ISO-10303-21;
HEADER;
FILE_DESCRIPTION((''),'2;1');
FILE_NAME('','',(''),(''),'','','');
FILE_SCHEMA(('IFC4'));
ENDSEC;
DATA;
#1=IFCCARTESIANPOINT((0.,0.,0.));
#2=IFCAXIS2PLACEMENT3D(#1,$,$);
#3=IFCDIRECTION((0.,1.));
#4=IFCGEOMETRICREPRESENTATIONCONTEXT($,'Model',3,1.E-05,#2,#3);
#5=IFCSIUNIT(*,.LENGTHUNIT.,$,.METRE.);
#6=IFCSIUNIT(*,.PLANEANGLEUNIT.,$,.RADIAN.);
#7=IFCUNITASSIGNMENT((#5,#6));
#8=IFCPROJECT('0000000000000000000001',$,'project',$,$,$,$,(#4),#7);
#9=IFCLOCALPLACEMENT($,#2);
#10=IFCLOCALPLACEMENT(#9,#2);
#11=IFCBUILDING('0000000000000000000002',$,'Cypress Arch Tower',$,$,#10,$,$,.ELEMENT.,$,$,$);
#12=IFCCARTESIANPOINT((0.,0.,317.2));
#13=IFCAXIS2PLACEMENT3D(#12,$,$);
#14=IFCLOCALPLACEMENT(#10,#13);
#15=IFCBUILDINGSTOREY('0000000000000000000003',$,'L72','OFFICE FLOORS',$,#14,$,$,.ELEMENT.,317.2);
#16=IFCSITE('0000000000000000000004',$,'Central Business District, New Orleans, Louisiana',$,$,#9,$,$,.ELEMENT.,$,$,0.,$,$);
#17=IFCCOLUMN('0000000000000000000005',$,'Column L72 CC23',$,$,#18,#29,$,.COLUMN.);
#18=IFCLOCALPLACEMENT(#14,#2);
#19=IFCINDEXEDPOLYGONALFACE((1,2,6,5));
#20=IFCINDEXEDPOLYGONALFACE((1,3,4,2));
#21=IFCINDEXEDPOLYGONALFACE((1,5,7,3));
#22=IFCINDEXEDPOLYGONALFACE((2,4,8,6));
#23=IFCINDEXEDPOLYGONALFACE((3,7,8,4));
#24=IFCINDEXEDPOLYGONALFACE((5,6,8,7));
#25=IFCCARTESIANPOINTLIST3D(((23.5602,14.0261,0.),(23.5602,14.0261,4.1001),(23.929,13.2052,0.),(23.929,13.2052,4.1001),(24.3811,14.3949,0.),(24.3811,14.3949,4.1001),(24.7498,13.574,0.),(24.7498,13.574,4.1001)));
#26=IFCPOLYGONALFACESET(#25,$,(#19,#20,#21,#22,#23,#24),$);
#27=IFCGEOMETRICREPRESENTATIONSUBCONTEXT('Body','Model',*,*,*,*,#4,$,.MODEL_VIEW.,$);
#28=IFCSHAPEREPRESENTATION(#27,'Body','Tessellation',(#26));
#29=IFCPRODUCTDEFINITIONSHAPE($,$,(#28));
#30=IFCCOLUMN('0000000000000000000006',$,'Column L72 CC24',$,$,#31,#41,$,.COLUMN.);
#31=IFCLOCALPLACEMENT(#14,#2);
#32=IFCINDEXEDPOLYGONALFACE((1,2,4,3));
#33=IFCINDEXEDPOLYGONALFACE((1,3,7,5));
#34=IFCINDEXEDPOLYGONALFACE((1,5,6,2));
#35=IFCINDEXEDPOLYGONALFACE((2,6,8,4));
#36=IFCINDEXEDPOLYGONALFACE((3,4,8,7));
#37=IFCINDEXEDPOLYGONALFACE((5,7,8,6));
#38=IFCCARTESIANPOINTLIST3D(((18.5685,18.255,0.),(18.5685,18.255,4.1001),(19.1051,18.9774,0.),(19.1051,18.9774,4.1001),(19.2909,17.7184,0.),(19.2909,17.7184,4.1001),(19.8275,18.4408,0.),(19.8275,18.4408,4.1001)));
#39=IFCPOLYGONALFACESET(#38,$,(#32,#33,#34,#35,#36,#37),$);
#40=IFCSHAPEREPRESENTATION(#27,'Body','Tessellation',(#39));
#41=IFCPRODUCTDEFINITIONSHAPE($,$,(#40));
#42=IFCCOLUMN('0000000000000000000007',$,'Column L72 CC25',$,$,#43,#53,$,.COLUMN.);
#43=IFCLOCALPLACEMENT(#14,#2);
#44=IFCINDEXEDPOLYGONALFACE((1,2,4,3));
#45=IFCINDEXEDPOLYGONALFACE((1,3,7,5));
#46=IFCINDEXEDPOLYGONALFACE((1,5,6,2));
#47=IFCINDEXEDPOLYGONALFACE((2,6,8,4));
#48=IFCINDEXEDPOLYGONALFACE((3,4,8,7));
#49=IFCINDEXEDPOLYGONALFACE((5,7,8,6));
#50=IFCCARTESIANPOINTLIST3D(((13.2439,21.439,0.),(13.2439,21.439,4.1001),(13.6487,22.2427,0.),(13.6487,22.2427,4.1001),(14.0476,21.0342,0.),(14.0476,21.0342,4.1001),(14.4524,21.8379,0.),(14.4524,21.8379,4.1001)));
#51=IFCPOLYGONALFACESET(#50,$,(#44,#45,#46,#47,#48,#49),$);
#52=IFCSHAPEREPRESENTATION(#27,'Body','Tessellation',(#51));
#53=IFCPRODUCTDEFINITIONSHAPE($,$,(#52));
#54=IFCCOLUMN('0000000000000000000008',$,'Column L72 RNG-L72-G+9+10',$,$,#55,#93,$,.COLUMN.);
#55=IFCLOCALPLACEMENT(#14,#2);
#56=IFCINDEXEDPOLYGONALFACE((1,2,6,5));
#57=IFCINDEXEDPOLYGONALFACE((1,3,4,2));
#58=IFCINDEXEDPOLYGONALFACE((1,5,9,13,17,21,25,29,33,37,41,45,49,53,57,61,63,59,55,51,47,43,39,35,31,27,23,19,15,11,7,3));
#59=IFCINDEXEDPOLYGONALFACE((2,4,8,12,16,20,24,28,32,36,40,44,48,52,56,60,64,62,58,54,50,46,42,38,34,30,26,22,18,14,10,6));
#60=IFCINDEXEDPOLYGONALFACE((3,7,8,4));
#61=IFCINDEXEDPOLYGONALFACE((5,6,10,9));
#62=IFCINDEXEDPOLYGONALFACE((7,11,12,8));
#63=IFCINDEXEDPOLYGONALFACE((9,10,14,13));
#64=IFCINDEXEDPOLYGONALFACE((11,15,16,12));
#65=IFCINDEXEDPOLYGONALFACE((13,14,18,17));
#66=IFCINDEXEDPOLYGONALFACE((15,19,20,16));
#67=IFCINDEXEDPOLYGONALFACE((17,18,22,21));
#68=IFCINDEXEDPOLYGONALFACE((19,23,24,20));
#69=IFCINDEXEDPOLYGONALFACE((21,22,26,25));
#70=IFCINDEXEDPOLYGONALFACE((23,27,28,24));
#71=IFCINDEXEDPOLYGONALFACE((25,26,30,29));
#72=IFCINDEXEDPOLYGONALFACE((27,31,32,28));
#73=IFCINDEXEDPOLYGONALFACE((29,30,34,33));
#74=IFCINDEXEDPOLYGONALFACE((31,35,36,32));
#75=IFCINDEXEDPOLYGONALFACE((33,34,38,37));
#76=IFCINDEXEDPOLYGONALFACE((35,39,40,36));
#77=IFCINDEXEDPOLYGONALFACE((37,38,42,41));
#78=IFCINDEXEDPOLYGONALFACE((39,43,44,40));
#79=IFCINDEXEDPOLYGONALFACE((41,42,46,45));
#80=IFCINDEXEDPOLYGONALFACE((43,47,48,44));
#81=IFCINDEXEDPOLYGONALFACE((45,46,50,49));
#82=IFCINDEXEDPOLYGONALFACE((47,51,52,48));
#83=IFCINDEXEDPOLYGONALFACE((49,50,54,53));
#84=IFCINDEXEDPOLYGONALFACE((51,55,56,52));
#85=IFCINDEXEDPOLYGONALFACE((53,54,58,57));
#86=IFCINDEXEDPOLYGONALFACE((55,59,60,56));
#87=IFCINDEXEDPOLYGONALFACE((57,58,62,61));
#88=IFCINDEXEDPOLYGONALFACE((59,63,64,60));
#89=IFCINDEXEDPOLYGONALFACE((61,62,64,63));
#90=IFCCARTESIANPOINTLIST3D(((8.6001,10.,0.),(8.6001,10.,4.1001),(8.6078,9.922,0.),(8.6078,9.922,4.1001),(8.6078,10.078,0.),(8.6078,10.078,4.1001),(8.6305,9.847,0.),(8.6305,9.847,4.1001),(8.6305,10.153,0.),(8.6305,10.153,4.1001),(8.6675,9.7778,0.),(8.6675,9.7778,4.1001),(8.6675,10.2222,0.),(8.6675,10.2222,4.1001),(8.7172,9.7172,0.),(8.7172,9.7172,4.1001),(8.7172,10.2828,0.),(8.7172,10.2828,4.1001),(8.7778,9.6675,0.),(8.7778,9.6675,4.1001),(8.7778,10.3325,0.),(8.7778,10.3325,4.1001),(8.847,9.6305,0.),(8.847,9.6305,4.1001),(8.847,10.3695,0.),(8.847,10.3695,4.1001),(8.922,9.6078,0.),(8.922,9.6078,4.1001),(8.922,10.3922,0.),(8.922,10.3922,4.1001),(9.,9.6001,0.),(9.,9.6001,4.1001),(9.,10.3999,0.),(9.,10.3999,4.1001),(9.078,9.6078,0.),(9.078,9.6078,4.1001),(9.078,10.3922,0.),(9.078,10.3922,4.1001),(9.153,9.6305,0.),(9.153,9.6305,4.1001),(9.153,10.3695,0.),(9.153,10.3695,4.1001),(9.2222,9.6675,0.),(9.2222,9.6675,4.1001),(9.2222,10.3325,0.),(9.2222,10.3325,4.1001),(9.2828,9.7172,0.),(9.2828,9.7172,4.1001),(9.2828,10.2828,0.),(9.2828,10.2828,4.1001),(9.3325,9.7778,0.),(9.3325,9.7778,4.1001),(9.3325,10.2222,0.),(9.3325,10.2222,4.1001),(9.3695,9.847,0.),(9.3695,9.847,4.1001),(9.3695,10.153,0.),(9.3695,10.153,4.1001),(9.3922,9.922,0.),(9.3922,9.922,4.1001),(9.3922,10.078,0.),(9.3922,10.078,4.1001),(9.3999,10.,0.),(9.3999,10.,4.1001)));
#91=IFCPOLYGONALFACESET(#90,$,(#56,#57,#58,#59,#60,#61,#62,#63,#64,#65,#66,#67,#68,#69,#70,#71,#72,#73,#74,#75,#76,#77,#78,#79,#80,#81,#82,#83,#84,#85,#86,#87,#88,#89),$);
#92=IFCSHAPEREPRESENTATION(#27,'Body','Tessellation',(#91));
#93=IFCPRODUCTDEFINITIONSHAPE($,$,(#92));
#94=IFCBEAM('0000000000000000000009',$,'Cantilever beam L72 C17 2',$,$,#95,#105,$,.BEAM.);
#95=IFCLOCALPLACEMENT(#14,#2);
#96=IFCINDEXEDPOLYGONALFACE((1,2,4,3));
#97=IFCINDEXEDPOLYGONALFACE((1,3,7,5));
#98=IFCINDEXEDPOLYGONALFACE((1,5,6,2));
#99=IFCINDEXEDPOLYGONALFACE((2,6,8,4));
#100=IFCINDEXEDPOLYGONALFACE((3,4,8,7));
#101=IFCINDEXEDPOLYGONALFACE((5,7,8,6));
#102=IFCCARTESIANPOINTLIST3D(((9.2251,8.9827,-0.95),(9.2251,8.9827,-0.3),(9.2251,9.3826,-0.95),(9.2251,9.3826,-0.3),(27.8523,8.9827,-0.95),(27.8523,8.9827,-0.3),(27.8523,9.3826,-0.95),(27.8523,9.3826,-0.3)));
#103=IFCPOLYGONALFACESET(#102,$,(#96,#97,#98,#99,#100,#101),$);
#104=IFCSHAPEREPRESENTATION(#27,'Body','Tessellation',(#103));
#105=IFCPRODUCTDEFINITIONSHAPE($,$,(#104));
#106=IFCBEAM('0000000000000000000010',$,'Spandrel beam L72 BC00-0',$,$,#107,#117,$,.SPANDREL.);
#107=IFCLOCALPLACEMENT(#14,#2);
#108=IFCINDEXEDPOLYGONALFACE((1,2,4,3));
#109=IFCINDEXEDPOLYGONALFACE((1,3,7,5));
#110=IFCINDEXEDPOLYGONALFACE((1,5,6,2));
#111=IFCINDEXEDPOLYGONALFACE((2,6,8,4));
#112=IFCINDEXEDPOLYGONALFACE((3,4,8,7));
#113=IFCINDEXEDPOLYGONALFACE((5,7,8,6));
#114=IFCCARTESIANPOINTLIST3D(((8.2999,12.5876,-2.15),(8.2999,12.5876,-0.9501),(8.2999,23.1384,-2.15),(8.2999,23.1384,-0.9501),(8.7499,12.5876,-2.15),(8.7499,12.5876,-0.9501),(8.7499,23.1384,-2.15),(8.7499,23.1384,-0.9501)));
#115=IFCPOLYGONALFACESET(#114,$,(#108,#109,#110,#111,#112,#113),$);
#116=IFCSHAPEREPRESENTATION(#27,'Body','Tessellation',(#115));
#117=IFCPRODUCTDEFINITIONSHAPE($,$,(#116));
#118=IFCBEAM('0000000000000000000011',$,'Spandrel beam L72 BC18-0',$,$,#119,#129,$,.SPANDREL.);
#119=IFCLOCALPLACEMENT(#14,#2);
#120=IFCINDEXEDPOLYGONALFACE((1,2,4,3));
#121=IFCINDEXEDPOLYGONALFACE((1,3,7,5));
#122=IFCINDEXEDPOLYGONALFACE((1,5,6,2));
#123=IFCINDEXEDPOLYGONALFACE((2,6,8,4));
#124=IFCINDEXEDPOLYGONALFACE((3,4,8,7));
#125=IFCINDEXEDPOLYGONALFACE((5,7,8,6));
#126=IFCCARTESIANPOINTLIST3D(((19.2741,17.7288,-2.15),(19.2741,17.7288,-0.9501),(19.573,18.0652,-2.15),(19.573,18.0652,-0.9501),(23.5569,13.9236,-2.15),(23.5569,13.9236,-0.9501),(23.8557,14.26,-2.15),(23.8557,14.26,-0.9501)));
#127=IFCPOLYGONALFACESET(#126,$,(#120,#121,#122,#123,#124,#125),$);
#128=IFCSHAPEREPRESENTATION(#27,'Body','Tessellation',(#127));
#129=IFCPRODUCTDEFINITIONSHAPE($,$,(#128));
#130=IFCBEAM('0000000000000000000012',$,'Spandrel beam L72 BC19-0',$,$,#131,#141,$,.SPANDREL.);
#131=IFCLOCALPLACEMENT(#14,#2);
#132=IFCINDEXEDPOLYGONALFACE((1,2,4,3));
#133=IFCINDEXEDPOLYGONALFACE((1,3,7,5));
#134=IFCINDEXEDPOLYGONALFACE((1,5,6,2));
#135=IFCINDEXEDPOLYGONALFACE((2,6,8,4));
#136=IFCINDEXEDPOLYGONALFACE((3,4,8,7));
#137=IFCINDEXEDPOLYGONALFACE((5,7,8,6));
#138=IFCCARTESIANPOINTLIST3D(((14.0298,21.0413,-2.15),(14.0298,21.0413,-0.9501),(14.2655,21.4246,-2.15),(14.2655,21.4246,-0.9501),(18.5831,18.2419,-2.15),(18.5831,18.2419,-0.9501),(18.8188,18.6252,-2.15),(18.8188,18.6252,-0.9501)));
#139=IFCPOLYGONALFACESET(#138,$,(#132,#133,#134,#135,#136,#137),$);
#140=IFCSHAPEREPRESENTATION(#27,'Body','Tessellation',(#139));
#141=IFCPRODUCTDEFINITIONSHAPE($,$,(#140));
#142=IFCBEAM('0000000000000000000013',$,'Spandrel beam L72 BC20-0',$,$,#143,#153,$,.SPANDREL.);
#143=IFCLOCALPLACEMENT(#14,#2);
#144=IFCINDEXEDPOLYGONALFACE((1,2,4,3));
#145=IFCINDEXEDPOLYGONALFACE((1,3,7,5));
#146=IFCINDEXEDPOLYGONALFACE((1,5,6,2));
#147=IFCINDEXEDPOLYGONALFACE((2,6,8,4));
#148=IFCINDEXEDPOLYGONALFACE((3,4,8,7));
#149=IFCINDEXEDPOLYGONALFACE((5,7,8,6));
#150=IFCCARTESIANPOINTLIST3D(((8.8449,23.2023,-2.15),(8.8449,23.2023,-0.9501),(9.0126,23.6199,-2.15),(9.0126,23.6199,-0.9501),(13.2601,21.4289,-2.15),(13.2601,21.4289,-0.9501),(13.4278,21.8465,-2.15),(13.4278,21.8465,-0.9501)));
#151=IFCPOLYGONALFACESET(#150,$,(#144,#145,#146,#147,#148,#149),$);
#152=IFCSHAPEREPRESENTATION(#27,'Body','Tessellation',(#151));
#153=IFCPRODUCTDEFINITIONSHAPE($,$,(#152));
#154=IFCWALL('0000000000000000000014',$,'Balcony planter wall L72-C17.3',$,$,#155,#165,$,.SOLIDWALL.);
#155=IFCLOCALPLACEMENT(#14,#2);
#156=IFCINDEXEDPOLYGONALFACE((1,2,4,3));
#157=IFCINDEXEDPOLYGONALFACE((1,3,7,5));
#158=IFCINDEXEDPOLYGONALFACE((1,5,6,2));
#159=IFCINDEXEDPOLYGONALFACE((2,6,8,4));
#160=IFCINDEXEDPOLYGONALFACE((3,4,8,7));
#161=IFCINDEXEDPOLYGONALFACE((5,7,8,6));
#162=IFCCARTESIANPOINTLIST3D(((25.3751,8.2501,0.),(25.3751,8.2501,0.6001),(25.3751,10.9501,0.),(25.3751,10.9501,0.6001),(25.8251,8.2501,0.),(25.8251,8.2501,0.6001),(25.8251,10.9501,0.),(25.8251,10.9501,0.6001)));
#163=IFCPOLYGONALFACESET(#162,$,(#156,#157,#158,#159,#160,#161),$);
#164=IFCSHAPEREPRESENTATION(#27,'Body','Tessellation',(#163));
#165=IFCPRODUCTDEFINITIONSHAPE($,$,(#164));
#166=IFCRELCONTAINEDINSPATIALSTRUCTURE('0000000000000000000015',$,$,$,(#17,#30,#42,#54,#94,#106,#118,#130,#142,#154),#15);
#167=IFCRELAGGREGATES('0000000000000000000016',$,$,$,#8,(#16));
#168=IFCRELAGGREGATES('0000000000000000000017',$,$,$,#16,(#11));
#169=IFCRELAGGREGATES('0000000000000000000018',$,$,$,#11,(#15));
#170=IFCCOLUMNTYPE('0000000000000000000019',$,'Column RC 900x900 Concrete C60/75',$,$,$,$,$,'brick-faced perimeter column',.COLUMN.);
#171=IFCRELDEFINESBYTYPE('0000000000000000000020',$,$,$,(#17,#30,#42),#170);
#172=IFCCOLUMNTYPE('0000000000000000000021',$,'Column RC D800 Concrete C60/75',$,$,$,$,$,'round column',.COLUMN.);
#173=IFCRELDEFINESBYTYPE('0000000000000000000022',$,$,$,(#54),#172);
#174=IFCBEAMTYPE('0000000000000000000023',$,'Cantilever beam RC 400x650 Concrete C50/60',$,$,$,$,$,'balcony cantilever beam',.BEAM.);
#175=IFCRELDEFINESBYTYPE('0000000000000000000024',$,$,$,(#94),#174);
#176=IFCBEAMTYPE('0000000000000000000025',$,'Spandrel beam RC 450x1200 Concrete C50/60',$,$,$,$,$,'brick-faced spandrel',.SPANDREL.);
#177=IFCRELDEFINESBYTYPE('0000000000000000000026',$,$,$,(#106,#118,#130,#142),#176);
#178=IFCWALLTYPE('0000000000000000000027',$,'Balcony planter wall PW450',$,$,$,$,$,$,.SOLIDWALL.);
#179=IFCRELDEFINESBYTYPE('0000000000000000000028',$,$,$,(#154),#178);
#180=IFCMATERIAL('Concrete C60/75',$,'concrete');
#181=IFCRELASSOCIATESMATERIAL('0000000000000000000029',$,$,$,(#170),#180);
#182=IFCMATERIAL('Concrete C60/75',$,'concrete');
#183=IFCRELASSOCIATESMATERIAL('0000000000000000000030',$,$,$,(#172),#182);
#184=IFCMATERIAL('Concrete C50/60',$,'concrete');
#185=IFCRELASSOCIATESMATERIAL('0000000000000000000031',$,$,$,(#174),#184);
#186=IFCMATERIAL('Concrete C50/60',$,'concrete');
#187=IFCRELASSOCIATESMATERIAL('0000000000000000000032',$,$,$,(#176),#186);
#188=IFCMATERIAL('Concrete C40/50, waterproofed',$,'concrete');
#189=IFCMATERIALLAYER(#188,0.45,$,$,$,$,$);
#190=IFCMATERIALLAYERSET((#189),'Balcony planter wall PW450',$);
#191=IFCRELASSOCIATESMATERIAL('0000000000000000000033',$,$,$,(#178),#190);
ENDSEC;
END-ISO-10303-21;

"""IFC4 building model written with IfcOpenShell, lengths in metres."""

from ifc_helpers import new_model, si_unit, direction, frame, frame_2d, origin, origin_2d, place, context, subcontext, project, spatial, rectangle, circle, extrude, material, layer, layer_set, material_profile, profile_set, type_object, element, save


model = new_model("IFC4")

# Units and contexts
model_context = context("Model", 3, precision=1e-05, world=origin(), true_north=direction((0.0, 1.0)))
body_context = subcontext(model_context, "Body", "Model", "MODEL_VIEW")
ifc_project = project(units=[si_unit("LENGTHUNIT", "METRE"), si_unit("PLANEANGLEUNIT", "RADIAN")], contexts=[model_context])

# Site, building, storey
site_placement = place(None, origin())
site = spatial("IfcSite", under=ifc_project, at=site_placement, Name="Central Business District, New Orleans, Louisiana", CompositionType="ELEMENT", RefElevation=0.0)
building_placement = place(site_placement, origin())
building = spatial("IfcBuilding", under=site, at=building_placement, Name="Cypress Arch Tower", CompositionType="ELEMENT")
storey_placement = place(building_placement, frame((0.0, 0.0, 317.2)))
storey = spatial("IfcBuildingStorey", under=building, at=storey_placement, Name="L72", Description="OFFICE FLOORS", CompositionType="ELEMENT", Elevation=317.2)

# Columns
ifc_material_1 = material(Name="Concrete C60/75", Category="concrete")
ifc_material_profile_1 = material_profile(ifc_material_1, rectangle(XDim=0.8999, YDim=0.8999, at=origin_2d()), Name="RC 900x900")
ifc_profile_set_1 = profile_set([ifc_material_profile_1], Name="Concrete C60/75")
column_type_1 = type_object("IfcColumnType", Name="Column RC 900x900 Concrete C60/75", ElementType="brick-faced perimeter column", PredefinedType="COLUMN", material=ifc_profile_set_1)
for number, where, z_axis, x_axis, name in (
    (1, (24.155, 13.8, 0.0), (0.0, 0.0, 1.0), (-0.409765, 0.912191, 0.0), "Column L72 CC23"),
    (2, (19.198, 18.3479, 0.0), (0.0, 0.0, 1.0), (-0.802799, 0.59625, 0.0), "Column L72 CC24"),
    (3, (13.8481, 21.6384, 0.0), (0.0, 0.0, 1.0), (-0.893106, 0.449845, 0.0), "Column L72 CC25"),
):
    element("IfcColumn", number, at=place(storey_placement, frame(where, z_axis=z_axis, x_axis=x_axis)), inside=storey, type_object=column_type_1, Name=name, PredefinedType="COLUMN", context=body_context, shape_type="SweptSolid", body=[
        extrude(rectangle(XDim=0.8999, YDim=0.8999, at=origin_2d()), origin(), (0.0, 0.0, 1.0), 4.1001),
    ])
ifc_material_2 = material(Name="Concrete C60/75", Category="concrete")
ifc_material_profile_2 = material_profile(ifc_material_2, circle(Radius=0.3999, at=origin_2d()), Name="RC D800")
ifc_profile_set_2 = profile_set([ifc_material_profile_2], Name="Concrete C60/75")
column_type_2 = type_object("IfcColumnType", Name="Column RC D800 Concrete C60/75", ElementType="round column", PredefinedType="COLUMN", material=ifc_profile_set_2)
column_placement = place(storey_placement, frame((9.0, 10.0, 0.0), z_axis=(0.0, 0.0, 1.0), x_axis=(1.0, 0.0, 0.0)))
element("IfcColumn", 4, at=column_placement, inside=storey, type_object=column_type_2, Name="Column L72 RNG-L72-G+9+10", PredefinedType="COLUMN", context=body_context, shape_type="SweptSolid", body=[
    extrude(circle(Radius=0.3999, at=origin_2d()), origin(), (0.0, 0.0, 1.0), 4.1001),
])

# Beams
ifc_material_3 = material(Name="Concrete C50/60", Category="concrete")
ifc_material_profile_3 = material_profile(ifc_material_3, rectangle(XDim=0.3999, YDim=0.6499, at=origin_2d()), Name="RC 400x650")
ifc_profile_set_3 = profile_set([ifc_material_profile_3], Name="Concrete C50/60")
beam_type_1 = type_object("IfcBeamType", Name="Cantilever beam RC 400x650 Concrete C50/60", ElementType="balcony cantilever beam", PredefinedType="BEAM", material=ifc_profile_set_3)
beam_1_placement = place(storey_placement, frame((9.2251, 9.1826, -0.625), z_axis=(1.0, 0.0, 0.0), x_axis=(0.0, 1.0, 0.0)))
element("IfcBeam", 5, at=beam_1_placement, inside=storey, type_object=beam_type_1, Name="Cantilever beam L72 C17 2", PredefinedType="BEAM", context=body_context, shape_type="SweptSolid", body=[
    extrude(rectangle(XDim=0.3999, YDim=0.6499, at=origin_2d()), origin(), (0.0, 0.0, 1.0), 18.6272),
])
ifc_material_4 = material(Name="Concrete C50/60", Category="concrete")
ifc_material_profile_4 = material_profile(ifc_material_4, rectangle(XDim=0.45, YDim=1.2, at=origin_2d()), Name="RC 450x1200")
ifc_profile_set_4 = profile_set([ifc_material_profile_4], Name="Concrete C50/60")
beam_type_2 = type_object("IfcBeamType", Name="Spandrel beam RC 450x1200 Concrete C50/60", ElementType="brick-faced spandrel", PredefinedType="SPANDREL", material=ifc_profile_set_4)
beam_2_placement = place(storey_placement, frame((8.5249, 23.1384, -1.55), z_axis=(0.0, -1.0, 0.0), x_axis=(1.0, 0.0, 0.0)))
element("IfcBeam", 6, at=beam_2_placement, inside=storey, type_object=beam_type_2, Name="Spandrel beam L72 BC00-0", PredefinedType="SPANDREL", context=body_context, shape_type="SweptSolid", body=[
    extrude(rectangle(XDim=0.45, YDim=1.2, at=origin_2d()), origin(), (0.0, 0.0, 1.0), 10.5508),
])
beam_3_placement = place(storey_placement, frame((23.7063, 14.0918, -1.55), z_axis=(-0.747555, 0.6642, 0.0), x_axis=(-0.6642, -0.747555, 0.0)))
element("IfcBeam", 7, at=beam_3_placement, inside=storey, type_object=beam_type_2, Name="Spandrel beam L72 BC18-0", PredefinedType="SPANDREL", context=body_context, shape_type="SweptSolid", body=[
    extrude(rectangle(XDim=0.45, YDim=1.2, at=origin_2d()), origin(), (0.0, 0.0, 1.0), 5.729),
])
beam_4_placement = place(storey_placement, frame((18.7009, 18.4336, -1.55), z_axis=(-0.851881, 0.523735, 0.0), x_axis=(-0.523735, -0.851881, 0.0)))
element("IfcBeam", 8, at=beam_4_placement, inside=storey, type_object=beam_type_2, Name="Spandrel beam L72 BC19-0", PredefinedType="SPANDREL", context=body_context, shape_type="SweptSolid", body=[
    extrude(rectangle(XDim=0.45, YDim=1.2, at=origin_2d()), origin(), (0.0, 0.0, 1.0), 5.345),
])
beam_5_placement = place(storey_placement, frame((13.344, 21.6377, -1.55), z_axis=(-0.927945, 0.372717, 0.0), x_axis=(-0.372717, -0.927945, 0.0)))
element("IfcBeam", 9, at=beam_5_placement, inside=storey, type_object=beam_type_2, Name="Spandrel beam L72 BC20-0", PredefinedType="SPANDREL", context=body_context, shape_type="SweptSolid", body=[
    extrude(rectangle(XDim=0.45, YDim=1.2, at=origin_2d()), origin(), (0.0, 0.0, 1.0), 4.7581),
])

# Wall
ifc_material_5 = material(Name="Concrete C40/50, waterproofed", Category="concrete")
ifc_layer_1 = layer(ifc_material_5, 0.45)
ifc_layer_set_1 = layer_set([ifc_layer_1], Name="Balcony planter wall PW450")
wall_type_1 = type_object("IfcWallType", Name="Balcony planter wall PW450", PredefinedType="SOLIDWALL", material=ifc_layer_set_1)
wall_1_placement = place(storey_placement, frame((25.6001, 8.25, 0.0), z_axis=(0.0, 0.0, 1.0), x_axis=(0.0, 1.0, 0.0)))
element("IfcWall", 10, at=wall_1_placement, inside=storey, type_object=wall_type_1, Name="Balcony planter wall L72-C17.3", PredefinedType="SOLIDWALL", context=body_context, shape_type="SweptSolid", body=[
    extrude(rectangle(XDim=2.7, YDim=0.45, at=frame_2d((1.3501, 0.0))), origin(), (0.0, 0.0, 1.0), 0.6001),
])

save(model, "model.ifc")
